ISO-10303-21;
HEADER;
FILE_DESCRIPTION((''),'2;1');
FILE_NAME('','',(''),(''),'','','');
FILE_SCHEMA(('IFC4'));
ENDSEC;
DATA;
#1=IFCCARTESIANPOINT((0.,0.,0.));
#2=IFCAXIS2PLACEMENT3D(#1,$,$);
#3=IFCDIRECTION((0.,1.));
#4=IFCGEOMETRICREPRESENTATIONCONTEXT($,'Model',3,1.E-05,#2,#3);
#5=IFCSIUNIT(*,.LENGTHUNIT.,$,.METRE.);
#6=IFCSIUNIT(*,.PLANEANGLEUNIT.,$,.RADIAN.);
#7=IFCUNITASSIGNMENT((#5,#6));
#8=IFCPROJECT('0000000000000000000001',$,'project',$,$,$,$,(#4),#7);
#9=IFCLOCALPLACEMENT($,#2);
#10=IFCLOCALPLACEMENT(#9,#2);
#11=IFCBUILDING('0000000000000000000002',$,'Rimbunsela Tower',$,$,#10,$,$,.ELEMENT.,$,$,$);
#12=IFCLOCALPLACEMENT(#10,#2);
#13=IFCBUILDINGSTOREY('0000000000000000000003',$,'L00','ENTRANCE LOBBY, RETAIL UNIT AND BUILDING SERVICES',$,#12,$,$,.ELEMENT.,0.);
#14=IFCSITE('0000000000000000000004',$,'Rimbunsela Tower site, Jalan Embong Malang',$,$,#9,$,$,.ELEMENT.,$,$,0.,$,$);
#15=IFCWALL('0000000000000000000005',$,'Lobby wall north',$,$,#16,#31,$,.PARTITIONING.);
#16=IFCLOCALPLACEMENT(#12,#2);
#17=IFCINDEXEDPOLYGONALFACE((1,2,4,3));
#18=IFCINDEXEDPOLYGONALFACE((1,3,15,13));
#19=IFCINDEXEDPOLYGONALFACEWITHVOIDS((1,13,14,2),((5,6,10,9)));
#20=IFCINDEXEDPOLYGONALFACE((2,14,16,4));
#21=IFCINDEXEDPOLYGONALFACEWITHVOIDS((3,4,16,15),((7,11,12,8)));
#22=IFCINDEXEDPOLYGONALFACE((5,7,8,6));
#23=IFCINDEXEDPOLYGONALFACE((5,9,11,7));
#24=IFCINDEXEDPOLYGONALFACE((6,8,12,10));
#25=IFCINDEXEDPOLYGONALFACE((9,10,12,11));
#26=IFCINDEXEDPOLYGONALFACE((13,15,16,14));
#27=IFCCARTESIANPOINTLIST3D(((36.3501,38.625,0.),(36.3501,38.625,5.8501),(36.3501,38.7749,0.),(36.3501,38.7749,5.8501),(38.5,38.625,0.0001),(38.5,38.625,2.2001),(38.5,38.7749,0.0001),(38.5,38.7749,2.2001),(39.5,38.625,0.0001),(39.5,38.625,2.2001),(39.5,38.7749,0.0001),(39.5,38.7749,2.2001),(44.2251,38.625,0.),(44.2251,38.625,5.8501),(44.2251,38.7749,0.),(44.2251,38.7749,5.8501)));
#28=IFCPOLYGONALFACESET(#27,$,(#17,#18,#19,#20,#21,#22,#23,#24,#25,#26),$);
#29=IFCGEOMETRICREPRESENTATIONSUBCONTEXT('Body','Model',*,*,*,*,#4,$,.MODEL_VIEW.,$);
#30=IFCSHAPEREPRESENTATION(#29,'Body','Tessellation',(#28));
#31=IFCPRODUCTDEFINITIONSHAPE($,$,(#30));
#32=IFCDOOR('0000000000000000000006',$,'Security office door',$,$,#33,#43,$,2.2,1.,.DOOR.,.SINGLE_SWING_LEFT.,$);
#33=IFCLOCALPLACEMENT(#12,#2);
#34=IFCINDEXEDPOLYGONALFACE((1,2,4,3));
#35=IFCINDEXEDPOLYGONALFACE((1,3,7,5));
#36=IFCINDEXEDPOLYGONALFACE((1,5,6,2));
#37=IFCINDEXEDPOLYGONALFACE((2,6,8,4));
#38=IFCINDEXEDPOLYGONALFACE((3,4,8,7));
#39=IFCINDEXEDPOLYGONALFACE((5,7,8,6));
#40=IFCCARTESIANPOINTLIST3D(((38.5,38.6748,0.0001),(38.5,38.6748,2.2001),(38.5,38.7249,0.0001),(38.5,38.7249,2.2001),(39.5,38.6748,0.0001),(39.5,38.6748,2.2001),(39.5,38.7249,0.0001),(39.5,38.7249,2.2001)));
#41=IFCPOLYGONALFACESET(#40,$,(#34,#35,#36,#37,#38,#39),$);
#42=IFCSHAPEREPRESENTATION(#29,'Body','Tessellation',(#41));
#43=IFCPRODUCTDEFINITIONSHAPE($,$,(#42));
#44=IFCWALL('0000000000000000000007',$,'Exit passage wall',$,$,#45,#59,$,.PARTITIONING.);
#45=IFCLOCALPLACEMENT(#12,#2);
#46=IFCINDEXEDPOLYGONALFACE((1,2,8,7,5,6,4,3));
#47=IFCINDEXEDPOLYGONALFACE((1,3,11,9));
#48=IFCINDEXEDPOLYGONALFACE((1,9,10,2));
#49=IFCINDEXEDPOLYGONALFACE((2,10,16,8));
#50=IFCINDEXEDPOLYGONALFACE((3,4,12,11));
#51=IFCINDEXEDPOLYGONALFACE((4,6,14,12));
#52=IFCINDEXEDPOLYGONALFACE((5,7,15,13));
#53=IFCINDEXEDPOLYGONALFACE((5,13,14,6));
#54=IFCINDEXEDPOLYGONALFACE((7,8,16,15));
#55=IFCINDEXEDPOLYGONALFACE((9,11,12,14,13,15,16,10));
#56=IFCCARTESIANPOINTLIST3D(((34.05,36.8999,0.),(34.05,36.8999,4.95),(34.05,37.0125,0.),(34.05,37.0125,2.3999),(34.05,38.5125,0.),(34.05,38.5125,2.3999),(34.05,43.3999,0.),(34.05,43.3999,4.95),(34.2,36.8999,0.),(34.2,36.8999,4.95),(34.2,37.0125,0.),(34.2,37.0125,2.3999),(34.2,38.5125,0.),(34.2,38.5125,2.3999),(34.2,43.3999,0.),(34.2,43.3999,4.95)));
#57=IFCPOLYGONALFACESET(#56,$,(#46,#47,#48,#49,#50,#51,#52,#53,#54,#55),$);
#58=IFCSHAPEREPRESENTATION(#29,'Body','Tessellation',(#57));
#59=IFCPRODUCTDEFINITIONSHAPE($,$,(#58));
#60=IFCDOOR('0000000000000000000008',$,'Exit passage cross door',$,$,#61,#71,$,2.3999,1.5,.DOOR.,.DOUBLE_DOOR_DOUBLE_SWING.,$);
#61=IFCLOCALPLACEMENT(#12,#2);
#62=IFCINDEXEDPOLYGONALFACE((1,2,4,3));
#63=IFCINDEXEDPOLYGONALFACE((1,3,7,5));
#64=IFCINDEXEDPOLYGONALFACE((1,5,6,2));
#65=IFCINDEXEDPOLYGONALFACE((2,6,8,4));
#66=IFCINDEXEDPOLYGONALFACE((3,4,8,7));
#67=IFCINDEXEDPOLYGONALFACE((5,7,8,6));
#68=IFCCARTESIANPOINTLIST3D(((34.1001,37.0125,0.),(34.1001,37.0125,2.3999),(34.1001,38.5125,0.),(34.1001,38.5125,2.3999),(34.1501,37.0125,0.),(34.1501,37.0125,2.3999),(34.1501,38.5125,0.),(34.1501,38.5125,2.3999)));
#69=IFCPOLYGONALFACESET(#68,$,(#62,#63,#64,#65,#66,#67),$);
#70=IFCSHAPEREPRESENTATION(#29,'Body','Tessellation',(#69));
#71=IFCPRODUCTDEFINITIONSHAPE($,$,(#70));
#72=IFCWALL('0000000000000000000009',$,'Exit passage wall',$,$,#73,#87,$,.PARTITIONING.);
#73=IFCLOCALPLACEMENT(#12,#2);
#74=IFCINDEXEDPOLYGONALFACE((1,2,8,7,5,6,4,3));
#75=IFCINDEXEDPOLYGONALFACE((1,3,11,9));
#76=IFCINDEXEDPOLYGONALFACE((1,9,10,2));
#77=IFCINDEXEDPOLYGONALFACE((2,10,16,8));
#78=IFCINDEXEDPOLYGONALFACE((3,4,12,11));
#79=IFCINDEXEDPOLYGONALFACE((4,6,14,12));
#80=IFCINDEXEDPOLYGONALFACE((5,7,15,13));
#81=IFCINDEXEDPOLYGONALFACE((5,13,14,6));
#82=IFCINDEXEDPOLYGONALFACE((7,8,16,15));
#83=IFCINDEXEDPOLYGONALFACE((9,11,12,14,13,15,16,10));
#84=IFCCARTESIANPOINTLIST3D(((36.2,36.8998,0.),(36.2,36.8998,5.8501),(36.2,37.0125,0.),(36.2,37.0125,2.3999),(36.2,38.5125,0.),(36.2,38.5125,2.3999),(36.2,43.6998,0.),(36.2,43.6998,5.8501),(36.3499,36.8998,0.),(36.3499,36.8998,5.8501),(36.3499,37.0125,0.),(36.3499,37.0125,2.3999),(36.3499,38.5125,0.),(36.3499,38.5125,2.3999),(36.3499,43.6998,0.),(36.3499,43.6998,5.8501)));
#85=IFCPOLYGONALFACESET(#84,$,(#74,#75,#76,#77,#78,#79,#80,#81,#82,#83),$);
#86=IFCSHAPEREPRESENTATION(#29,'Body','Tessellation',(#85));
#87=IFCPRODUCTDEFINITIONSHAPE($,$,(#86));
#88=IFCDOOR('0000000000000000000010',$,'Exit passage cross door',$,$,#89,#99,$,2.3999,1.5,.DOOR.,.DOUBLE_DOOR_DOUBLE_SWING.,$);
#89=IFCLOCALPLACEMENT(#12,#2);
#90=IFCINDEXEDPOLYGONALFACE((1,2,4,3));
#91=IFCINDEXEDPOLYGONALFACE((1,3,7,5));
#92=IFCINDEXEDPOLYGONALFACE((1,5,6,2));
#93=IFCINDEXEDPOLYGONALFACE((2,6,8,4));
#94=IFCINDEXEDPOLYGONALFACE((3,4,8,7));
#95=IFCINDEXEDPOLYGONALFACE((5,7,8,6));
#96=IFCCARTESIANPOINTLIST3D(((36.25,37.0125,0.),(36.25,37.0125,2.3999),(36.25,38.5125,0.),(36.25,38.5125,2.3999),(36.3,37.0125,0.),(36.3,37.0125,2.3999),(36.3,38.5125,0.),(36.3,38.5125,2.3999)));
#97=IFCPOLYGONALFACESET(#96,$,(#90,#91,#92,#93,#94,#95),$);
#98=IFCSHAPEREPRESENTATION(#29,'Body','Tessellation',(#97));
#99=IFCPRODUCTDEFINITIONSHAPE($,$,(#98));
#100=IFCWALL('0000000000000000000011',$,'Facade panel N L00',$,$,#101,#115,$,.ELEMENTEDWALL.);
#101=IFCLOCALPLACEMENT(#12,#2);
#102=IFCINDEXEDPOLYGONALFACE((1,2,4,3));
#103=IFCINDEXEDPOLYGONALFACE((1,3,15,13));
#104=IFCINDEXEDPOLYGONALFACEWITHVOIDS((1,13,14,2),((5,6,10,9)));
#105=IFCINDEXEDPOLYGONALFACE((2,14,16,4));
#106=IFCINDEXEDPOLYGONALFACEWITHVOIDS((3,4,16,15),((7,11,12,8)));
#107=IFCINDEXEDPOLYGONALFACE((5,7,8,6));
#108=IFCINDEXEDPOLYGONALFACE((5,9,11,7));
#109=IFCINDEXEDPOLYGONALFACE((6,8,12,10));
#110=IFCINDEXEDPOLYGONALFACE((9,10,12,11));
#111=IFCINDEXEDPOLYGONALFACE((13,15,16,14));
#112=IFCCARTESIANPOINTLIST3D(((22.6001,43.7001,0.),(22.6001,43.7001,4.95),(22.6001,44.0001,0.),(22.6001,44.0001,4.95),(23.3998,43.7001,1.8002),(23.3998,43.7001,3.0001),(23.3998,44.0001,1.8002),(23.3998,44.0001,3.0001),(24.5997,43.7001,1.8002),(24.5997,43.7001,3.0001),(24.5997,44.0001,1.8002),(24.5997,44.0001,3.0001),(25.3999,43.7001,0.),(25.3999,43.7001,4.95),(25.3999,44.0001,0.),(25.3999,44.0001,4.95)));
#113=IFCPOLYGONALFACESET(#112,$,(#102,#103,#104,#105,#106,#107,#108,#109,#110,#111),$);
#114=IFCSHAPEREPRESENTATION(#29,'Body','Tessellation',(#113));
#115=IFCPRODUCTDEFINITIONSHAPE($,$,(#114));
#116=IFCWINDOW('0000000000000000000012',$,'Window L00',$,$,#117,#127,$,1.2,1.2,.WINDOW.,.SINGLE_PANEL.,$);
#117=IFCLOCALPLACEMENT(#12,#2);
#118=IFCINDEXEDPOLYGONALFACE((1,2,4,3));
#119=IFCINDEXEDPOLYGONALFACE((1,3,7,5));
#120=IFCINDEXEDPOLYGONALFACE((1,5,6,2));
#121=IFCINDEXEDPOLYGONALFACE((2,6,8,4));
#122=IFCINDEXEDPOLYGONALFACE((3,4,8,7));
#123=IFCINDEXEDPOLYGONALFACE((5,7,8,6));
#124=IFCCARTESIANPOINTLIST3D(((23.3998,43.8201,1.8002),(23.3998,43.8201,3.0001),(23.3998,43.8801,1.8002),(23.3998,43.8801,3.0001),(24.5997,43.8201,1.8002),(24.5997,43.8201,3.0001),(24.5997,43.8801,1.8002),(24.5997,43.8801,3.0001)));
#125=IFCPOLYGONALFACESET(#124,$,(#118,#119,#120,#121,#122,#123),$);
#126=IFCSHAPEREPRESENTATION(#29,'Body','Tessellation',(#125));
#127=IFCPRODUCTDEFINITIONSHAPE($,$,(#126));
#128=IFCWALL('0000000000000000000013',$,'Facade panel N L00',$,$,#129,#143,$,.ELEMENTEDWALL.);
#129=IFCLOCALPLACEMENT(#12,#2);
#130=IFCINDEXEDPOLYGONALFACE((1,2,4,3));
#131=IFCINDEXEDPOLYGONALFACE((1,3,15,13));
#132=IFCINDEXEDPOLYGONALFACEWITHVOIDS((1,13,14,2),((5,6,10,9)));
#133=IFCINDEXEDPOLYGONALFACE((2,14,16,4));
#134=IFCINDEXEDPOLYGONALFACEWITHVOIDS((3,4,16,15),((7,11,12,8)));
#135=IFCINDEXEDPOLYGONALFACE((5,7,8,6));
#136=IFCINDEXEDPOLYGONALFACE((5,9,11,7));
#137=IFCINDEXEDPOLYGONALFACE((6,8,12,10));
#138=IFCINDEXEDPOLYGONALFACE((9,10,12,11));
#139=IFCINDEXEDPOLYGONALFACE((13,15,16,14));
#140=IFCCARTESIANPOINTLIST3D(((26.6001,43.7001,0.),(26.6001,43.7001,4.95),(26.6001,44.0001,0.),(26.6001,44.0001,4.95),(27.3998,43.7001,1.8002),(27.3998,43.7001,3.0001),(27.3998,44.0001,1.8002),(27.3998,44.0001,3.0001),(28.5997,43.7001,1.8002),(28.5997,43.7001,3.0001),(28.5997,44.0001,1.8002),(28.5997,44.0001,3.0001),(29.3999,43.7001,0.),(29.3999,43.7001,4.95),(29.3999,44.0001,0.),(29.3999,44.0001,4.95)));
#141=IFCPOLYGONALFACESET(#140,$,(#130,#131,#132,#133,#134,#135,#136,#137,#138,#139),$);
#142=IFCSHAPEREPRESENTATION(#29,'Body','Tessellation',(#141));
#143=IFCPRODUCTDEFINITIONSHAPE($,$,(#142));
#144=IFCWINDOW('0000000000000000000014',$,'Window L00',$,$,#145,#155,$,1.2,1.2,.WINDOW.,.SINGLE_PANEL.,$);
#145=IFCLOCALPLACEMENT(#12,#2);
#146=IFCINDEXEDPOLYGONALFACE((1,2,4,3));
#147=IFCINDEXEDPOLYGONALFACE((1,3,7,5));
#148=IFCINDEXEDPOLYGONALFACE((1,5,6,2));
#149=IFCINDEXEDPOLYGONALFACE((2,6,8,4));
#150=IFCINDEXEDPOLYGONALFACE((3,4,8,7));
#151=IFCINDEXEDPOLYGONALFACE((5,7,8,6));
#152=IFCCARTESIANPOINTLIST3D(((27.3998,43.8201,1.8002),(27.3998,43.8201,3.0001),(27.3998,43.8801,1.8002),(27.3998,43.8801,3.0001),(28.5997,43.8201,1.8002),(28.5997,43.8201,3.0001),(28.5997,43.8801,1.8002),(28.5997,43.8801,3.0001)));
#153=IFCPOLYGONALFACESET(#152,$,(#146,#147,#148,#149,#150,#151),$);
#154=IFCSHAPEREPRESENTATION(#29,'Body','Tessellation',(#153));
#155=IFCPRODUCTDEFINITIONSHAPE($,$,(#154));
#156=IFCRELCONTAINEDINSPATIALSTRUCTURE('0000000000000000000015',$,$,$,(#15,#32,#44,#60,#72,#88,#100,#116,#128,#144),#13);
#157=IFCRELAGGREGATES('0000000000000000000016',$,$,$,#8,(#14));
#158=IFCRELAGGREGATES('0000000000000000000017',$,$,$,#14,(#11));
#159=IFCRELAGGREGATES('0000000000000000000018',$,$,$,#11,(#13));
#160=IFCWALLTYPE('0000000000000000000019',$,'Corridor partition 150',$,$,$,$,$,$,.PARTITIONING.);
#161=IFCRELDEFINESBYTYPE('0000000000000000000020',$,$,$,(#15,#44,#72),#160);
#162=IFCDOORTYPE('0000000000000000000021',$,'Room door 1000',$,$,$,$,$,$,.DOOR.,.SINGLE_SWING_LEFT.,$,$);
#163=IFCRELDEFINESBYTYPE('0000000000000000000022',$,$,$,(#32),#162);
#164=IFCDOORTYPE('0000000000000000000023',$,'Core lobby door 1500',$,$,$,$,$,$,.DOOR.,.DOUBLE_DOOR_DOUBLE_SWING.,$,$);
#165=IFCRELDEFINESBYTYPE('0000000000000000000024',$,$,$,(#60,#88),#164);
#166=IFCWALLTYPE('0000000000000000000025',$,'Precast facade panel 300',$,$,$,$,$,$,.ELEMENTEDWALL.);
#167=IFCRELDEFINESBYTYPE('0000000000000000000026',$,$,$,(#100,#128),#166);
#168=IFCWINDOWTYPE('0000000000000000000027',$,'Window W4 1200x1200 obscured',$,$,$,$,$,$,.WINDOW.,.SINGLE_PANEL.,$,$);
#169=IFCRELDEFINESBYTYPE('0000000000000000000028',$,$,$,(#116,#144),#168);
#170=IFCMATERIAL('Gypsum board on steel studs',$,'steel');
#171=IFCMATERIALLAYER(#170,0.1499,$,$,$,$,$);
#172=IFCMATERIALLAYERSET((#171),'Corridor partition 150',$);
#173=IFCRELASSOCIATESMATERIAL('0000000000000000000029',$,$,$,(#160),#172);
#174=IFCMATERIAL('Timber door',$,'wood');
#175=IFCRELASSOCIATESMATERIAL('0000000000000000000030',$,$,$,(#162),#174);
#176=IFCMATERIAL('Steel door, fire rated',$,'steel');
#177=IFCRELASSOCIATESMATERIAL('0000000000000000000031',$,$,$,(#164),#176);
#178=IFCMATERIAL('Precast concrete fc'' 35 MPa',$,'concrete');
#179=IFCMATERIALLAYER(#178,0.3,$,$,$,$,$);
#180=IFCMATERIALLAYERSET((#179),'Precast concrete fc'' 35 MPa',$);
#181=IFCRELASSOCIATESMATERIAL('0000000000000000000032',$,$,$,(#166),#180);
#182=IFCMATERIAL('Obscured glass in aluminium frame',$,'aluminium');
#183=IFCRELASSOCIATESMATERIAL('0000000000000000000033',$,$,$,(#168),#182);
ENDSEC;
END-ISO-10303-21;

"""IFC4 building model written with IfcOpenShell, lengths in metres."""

from ifc_helpers import new_model, si_unit, direction, frame, frame_2d, origin, place, context, subcontext, project, spatial, rectangle, extrude, material, layer, layer_set, type_object, element, fill, save


model = new_model("IFC4")

# Units and contexts
model_context = context("Model", 3, precision=1e-05, world=origin(), true_north=direction((0.0, 1.0)))
body_context = subcontext(model_context, "Body", "Model", "MODEL_VIEW")
ifc_project = project(units=[si_unit("LENGTHUNIT", "METRE"), si_unit("PLANEANGLEUNIT", "RADIAN")], contexts=[model_context])

# Site, building, storey
site_placement = place(None, origin())
site = spatial("IfcSite", under=ifc_project, at=site_placement, Name="Rimbunsela Tower site, Jalan Embong Malang", CompositionType="ELEMENT", RefElevation=0.0)
building_placement = place(site_placement, origin())
building = spatial("IfcBuilding", under=site, at=building_placement, Name="Rimbunsela Tower", CompositionType="ELEMENT")
storey_placement = place(building_placement, origin())
storey = spatial("IfcBuildingStorey", under=building, at=storey_placement, Name="L00", Description="ENTRANCE LOBBY, RETAIL UNIT AND BUILDING SERVICES", CompositionType="ELEMENT", Elevation=0.0)

# Walls, openings, doors
ifc_material_1 = material(Name="Gypsum board on steel studs", Category="steel")
ifc_layer_1 = layer(ifc_material_1, 0.1499)
ifc_layer_set_1 = layer_set([ifc_layer_1], Name="Corridor partition 150")
wall_type_1 = type_object("IfcWallType", Name="Corridor partition 150", PredefinedType="PARTITIONING", material=ifc_layer_set_1)
wall_1_placement = place(storey_placement, frame((36.3501, 38.7, 0.0), z_axis=(0.0, 0.0, 1.0), x_axis=(1.0, 0.0, 0.0)))
wall_1 = element("IfcWall", 1, at=wall_1_placement, inside=storey, type_object=wall_type_1, Name="Lobby wall north", PredefinedType="PARTITIONING", context=body_context, shape_type="SweptSolid", body=[
    extrude(rectangle(XDim=7.875, YDim=0.1499, at=frame_2d((3.9375, 0.0))), origin(), (0.0, 0.0, 1.0), 5.8501),
])
opening_1_placement = place(wall_1_placement, frame((2.1499, 0.0, 0.0)))
opening_1 = element("IfcOpeningElement", 2, at=opening_1_placement, cuts=wall_1, PredefinedType="OPENING", context=body_context, shape_type="SweptSolid", body=[
    extrude(rectangle(XDim=1.0, YDim=2.2, at=frame_2d((0.5, 1.1001))), frame((0.0, 0.085, 0.0), z_axis=(0.0, -1.0, 0.0), x_axis=(1.0, 0.0, 0.0)), (0.0, 0.0, 1.0), 0.1699),
])
ifc_material_2 = material(Name="Timber door", Category="wood")
door_type_1 = type_object("IfcDoorType", Name="Room door 1000", OperationType="SINGLE_SWING_LEFT", PredefinedType="DOOR", material=ifc_material_2)
door_1_placement = place(opening_1_placement, origin())
door_1 = element("IfcDoor", 3, at=door_1_placement, inside=storey, type_object=door_type_1, Name="Security office door", OperationType="SINGLE_SWING_LEFT", OverallHeight=2.2, OverallWidth=1.0, PredefinedType="DOOR", context=body_context, shape_type="SweptSolid", body=[
    extrude(rectangle(XDim=1.0, YDim=2.2, at=frame_2d((0.5, 1.1001))), frame((0.0, 0.0249, 0.0), z_axis=(0.0, -1.0, 0.0), x_axis=(1.0, 0.0, 0.0)), (0.0, 0.0, 1.0), 0.05),
])
fill(opening_1, door_1)
wall_2_placement = place(storey_placement, frame((34.125, 36.8999, 0.0), z_axis=(0.0, 0.0, 1.0), x_axis=(0.0, 1.0, 0.0)))
wall_2 = element("IfcWall", 4, at=wall_2_placement, inside=storey, type_object=wall_type_1, Name="Exit passage wall", PredefinedType="PARTITIONING", context=body_context, shape_type="SweptSolid", body=[
    extrude(rectangle(XDim=6.5, YDim=0.1499, at=frame_2d((3.25, 0.0))), origin(), (0.0, 0.0, 1.0), 4.95),
])
opening_2_placement = place(wall_2_placement, frame((0.1125, 0.0, 0.0)))
opening_2 = element("IfcOpeningElement", 5, at=opening_2_placement, cuts=wall_2, PredefinedType="OPENING", context=body_context, shape_type="SweptSolid", body=[
    extrude(rectangle(XDim=1.5, YDim=2.3999, at=frame_2d((0.75, 1.2))), frame((0.0, 0.085, 0.0), z_axis=(0.0, -1.0, 0.0), x_axis=(1.0, 0.0, 0.0)), (0.0, 0.0, 1.0), 0.1699),
])
ifc_material_3 = material(Name="Steel door, fire rated", Category="steel")
door_type_2 = type_object("IfcDoorType", Name="Core lobby door 1500", OperationType="DOUBLE_DOOR_DOUBLE_SWING", PredefinedType="DOOR", material=ifc_material_3)
door_2_placement = place(opening_2_placement, origin())
door_2 = element("IfcDoor", 6, at=door_2_placement, inside=storey, type_object=door_type_2, Name="Exit passage cross door", OperationType="DOUBLE_DOOR_DOUBLE_SWING", OverallHeight=2.3999, OverallWidth=1.5, PredefinedType="DOOR", context=body_context, shape_type="SweptSolid", body=[
    extrude(rectangle(XDim=1.5, YDim=2.3999, at=frame_2d((0.75, 1.2))), frame((0.0, 0.0249, 0.0), z_axis=(0.0, -1.0, 0.0), x_axis=(1.0, 0.0, 0.0)), (0.0, 0.0, 1.0), 0.05),
])
fill(opening_2, door_2)
wall_3_placement = place(storey_placement, frame((36.2749, 36.8999, 0.0), z_axis=(0.0, 0.0, 1.0), x_axis=(0.0, 1.0, 0.0)))
wall_3 = element("IfcWall", 7, at=wall_3_placement, inside=storey, type_object=wall_type_1, Name="Exit passage wall", PredefinedType="PARTITIONING", context=body_context, shape_type="SweptSolid", body=[
    extrude(rectangle(XDim=6.8, YDim=0.1499, at=frame_2d((3.3999, 0.0))), origin(), (0.0, 0.0, 1.0), 5.8501),
])
opening_3_placement = place(wall_3_placement, frame((0.1125, 0.0, 0.0)))
opening_3 = element("IfcOpeningElement", 8, at=opening_3_placement, cuts=wall_3, PredefinedType="OPENING", context=body_context, shape_type="SweptSolid", body=[
    extrude(rectangle(XDim=1.5, YDim=2.3999, at=frame_2d((0.75, 1.2))), frame((0.0, 0.085, 0.0), z_axis=(0.0, -1.0, 0.0), x_axis=(1.0, 0.0, 0.0)), (0.0, 0.0, 1.0), 0.1699),
])
door_3_placement = place(opening_3_placement, origin())
door_3 = element("IfcDoor", 9, at=door_3_placement, inside=storey, type_object=door_type_2, Name="Exit passage cross door", OperationType="DOUBLE_DOOR_DOUBLE_SWING", OverallHeight=2.3999, OverallWidth=1.5, PredefinedType="DOOR", context=body_context, shape_type="SweptSolid", body=[
    extrude(rectangle(XDim=1.5, YDim=2.3999, at=frame_2d((0.75, 1.2))), frame((0.0, 0.0249, 0.0), z_axis=(0.0, -1.0, 0.0), x_axis=(1.0, 0.0, 0.0)), (0.0, 0.0, 1.0), 0.05),
])
fill(opening_3, door_3)

# Walls, openings, windows
ifc_material_4 = material(Name="Precast concrete fc' 35 MPa", Category="concrete")
ifc_layer_2 = layer(ifc_material_4, 0.3)
ifc_layer_set_2 = layer_set([ifc_layer_2], Name="Precast concrete fc' 35 MPa")
wall_type_2 = type_object("IfcWallType", Name="Precast facade panel 300", PredefinedType="ELEMENTEDWALL", material=ifc_layer_set_2)
wall_4_placement = place(storey_placement, frame((25.3999, 43.8501, 0.0), z_axis=(0.0, 0.0, 1.0), x_axis=(-1.0, 0.0, 0.0)))
wall_4 = element("IfcWall", 10, at=wall_4_placement, inside=storey, type_object=wall_type_2, Name="Facade panel N L00", PredefinedType="ELEMENTEDWALL", context=body_context, shape_type="SweptSolid", body=[
    extrude(rectangle(XDim=2.7998, YDim=0.3, at=frame_2d((1.3999, 0.0))), origin(), (0.0, 0.0, 1.0), 4.95),
])
opening_4_placement = place(wall_4_placement, frame((0.8, 0.0, 1.8)))
opening_4 = element("IfcOpeningElement", 11, at=opening_4_placement, cuts=wall_4, PredefinedType="OPENING", context=body_context, shape_type="SweptSolid", body=[
    extrude(rectangle(XDim=1.2, YDim=1.2, at=frame_2d((0.6001, 0.6001))), frame((0.0, 0.1599, 0.0), z_axis=(0.0, -1.0, 0.0), x_axis=(1.0, 0.0, 0.0)), (0.0, 0.0, 1.0), 0.3201),
])
ifc_material_5 = material(Name="Obscured glass in aluminium frame", Category="aluminium")
window_type_1 = type_object("IfcWindowType", Name="Window W4 1200x1200 obscured", PartitioningType="SINGLE_PANEL", PredefinedType="WINDOW", material=ifc_material_5)
window_1_placement = place(opening_4_placement, origin())
window_1 = element("IfcWindow", 12, at=window_1_placement, inside=storey, type_object=window_type_1, Name="Window L00", OverallHeight=1.2, OverallWidth=1.2, PartitioningType="SINGLE_PANEL", PredefinedType="WINDOW", context=body_context, shape_type="SweptSolid", body=[
    extrude(rectangle(XDim=1.2, YDim=1.2, at=frame_2d((0.6001, 0.6001))), frame((0.0, 0.03, 0.0), z_axis=(0.0, -1.0, 0.0), x_axis=(1.0, 0.0, 0.0)), (0.0, 0.0, 1.0), 0.0601),
])
fill(opening_4, window_1)
wall_5_placement = place(storey_placement, frame((29.3999, 43.8501, 0.0), z_axis=(0.0, 0.0, 1.0), x_axis=(-1.0, 0.0, 0.0)))
wall_5 = element("IfcWall", 13, at=wall_5_placement, inside=storey, type_object=wall_type_2, Name="Facade panel N L00", PredefinedType="ELEMENTEDWALL", context=body_context, shape_type="SweptSolid", body=[
    extrude(rectangle(XDim=2.7998, YDim=0.3, at=frame_2d((1.3999, 0.0))), origin(), (0.0, 0.0, 1.0), 4.95),
])
opening_5_placement = place(wall_5_placement, frame((0.8, 0.0, 1.8)))
opening_5 = element("IfcOpeningElement", 14, at=opening_5_placement, cuts=wall_5, PredefinedType="OPENING", context=body_context, shape_type="SweptSolid", body=[
    extrude(rectangle(XDim=1.2, YDim=1.2, at=frame_2d((0.6001, 0.6001))), frame((0.0, 0.1599, 0.0), z_axis=(0.0, -1.0, 0.0), x_axis=(1.0, 0.0, 0.0)), (0.0, 0.0, 1.0), 0.3201),
])
window_2_placement = place(opening_5_placement, origin())
window_2 = element("IfcWindow", 15, at=window_2_placement, inside=storey, type_object=window_type_1, Name="Window L00", OverallHeight=1.2, OverallWidth=1.2, PartitioningType="SINGLE_PANEL", PredefinedType="WINDOW", context=body_context, shape_type="SweptSolid", body=[
    extrude(rectangle(XDim=1.2, YDim=1.2, at=frame_2d((0.6001, 0.6001))), frame((0.0, 0.03, 0.0), z_axis=(0.0, -1.0, 0.0), x_axis=(1.0, 0.0, 0.0)), (0.0, 0.0, 1.0), 0.0601),
])
fill(opening_5, window_2)

save(model, "model.ifc")
